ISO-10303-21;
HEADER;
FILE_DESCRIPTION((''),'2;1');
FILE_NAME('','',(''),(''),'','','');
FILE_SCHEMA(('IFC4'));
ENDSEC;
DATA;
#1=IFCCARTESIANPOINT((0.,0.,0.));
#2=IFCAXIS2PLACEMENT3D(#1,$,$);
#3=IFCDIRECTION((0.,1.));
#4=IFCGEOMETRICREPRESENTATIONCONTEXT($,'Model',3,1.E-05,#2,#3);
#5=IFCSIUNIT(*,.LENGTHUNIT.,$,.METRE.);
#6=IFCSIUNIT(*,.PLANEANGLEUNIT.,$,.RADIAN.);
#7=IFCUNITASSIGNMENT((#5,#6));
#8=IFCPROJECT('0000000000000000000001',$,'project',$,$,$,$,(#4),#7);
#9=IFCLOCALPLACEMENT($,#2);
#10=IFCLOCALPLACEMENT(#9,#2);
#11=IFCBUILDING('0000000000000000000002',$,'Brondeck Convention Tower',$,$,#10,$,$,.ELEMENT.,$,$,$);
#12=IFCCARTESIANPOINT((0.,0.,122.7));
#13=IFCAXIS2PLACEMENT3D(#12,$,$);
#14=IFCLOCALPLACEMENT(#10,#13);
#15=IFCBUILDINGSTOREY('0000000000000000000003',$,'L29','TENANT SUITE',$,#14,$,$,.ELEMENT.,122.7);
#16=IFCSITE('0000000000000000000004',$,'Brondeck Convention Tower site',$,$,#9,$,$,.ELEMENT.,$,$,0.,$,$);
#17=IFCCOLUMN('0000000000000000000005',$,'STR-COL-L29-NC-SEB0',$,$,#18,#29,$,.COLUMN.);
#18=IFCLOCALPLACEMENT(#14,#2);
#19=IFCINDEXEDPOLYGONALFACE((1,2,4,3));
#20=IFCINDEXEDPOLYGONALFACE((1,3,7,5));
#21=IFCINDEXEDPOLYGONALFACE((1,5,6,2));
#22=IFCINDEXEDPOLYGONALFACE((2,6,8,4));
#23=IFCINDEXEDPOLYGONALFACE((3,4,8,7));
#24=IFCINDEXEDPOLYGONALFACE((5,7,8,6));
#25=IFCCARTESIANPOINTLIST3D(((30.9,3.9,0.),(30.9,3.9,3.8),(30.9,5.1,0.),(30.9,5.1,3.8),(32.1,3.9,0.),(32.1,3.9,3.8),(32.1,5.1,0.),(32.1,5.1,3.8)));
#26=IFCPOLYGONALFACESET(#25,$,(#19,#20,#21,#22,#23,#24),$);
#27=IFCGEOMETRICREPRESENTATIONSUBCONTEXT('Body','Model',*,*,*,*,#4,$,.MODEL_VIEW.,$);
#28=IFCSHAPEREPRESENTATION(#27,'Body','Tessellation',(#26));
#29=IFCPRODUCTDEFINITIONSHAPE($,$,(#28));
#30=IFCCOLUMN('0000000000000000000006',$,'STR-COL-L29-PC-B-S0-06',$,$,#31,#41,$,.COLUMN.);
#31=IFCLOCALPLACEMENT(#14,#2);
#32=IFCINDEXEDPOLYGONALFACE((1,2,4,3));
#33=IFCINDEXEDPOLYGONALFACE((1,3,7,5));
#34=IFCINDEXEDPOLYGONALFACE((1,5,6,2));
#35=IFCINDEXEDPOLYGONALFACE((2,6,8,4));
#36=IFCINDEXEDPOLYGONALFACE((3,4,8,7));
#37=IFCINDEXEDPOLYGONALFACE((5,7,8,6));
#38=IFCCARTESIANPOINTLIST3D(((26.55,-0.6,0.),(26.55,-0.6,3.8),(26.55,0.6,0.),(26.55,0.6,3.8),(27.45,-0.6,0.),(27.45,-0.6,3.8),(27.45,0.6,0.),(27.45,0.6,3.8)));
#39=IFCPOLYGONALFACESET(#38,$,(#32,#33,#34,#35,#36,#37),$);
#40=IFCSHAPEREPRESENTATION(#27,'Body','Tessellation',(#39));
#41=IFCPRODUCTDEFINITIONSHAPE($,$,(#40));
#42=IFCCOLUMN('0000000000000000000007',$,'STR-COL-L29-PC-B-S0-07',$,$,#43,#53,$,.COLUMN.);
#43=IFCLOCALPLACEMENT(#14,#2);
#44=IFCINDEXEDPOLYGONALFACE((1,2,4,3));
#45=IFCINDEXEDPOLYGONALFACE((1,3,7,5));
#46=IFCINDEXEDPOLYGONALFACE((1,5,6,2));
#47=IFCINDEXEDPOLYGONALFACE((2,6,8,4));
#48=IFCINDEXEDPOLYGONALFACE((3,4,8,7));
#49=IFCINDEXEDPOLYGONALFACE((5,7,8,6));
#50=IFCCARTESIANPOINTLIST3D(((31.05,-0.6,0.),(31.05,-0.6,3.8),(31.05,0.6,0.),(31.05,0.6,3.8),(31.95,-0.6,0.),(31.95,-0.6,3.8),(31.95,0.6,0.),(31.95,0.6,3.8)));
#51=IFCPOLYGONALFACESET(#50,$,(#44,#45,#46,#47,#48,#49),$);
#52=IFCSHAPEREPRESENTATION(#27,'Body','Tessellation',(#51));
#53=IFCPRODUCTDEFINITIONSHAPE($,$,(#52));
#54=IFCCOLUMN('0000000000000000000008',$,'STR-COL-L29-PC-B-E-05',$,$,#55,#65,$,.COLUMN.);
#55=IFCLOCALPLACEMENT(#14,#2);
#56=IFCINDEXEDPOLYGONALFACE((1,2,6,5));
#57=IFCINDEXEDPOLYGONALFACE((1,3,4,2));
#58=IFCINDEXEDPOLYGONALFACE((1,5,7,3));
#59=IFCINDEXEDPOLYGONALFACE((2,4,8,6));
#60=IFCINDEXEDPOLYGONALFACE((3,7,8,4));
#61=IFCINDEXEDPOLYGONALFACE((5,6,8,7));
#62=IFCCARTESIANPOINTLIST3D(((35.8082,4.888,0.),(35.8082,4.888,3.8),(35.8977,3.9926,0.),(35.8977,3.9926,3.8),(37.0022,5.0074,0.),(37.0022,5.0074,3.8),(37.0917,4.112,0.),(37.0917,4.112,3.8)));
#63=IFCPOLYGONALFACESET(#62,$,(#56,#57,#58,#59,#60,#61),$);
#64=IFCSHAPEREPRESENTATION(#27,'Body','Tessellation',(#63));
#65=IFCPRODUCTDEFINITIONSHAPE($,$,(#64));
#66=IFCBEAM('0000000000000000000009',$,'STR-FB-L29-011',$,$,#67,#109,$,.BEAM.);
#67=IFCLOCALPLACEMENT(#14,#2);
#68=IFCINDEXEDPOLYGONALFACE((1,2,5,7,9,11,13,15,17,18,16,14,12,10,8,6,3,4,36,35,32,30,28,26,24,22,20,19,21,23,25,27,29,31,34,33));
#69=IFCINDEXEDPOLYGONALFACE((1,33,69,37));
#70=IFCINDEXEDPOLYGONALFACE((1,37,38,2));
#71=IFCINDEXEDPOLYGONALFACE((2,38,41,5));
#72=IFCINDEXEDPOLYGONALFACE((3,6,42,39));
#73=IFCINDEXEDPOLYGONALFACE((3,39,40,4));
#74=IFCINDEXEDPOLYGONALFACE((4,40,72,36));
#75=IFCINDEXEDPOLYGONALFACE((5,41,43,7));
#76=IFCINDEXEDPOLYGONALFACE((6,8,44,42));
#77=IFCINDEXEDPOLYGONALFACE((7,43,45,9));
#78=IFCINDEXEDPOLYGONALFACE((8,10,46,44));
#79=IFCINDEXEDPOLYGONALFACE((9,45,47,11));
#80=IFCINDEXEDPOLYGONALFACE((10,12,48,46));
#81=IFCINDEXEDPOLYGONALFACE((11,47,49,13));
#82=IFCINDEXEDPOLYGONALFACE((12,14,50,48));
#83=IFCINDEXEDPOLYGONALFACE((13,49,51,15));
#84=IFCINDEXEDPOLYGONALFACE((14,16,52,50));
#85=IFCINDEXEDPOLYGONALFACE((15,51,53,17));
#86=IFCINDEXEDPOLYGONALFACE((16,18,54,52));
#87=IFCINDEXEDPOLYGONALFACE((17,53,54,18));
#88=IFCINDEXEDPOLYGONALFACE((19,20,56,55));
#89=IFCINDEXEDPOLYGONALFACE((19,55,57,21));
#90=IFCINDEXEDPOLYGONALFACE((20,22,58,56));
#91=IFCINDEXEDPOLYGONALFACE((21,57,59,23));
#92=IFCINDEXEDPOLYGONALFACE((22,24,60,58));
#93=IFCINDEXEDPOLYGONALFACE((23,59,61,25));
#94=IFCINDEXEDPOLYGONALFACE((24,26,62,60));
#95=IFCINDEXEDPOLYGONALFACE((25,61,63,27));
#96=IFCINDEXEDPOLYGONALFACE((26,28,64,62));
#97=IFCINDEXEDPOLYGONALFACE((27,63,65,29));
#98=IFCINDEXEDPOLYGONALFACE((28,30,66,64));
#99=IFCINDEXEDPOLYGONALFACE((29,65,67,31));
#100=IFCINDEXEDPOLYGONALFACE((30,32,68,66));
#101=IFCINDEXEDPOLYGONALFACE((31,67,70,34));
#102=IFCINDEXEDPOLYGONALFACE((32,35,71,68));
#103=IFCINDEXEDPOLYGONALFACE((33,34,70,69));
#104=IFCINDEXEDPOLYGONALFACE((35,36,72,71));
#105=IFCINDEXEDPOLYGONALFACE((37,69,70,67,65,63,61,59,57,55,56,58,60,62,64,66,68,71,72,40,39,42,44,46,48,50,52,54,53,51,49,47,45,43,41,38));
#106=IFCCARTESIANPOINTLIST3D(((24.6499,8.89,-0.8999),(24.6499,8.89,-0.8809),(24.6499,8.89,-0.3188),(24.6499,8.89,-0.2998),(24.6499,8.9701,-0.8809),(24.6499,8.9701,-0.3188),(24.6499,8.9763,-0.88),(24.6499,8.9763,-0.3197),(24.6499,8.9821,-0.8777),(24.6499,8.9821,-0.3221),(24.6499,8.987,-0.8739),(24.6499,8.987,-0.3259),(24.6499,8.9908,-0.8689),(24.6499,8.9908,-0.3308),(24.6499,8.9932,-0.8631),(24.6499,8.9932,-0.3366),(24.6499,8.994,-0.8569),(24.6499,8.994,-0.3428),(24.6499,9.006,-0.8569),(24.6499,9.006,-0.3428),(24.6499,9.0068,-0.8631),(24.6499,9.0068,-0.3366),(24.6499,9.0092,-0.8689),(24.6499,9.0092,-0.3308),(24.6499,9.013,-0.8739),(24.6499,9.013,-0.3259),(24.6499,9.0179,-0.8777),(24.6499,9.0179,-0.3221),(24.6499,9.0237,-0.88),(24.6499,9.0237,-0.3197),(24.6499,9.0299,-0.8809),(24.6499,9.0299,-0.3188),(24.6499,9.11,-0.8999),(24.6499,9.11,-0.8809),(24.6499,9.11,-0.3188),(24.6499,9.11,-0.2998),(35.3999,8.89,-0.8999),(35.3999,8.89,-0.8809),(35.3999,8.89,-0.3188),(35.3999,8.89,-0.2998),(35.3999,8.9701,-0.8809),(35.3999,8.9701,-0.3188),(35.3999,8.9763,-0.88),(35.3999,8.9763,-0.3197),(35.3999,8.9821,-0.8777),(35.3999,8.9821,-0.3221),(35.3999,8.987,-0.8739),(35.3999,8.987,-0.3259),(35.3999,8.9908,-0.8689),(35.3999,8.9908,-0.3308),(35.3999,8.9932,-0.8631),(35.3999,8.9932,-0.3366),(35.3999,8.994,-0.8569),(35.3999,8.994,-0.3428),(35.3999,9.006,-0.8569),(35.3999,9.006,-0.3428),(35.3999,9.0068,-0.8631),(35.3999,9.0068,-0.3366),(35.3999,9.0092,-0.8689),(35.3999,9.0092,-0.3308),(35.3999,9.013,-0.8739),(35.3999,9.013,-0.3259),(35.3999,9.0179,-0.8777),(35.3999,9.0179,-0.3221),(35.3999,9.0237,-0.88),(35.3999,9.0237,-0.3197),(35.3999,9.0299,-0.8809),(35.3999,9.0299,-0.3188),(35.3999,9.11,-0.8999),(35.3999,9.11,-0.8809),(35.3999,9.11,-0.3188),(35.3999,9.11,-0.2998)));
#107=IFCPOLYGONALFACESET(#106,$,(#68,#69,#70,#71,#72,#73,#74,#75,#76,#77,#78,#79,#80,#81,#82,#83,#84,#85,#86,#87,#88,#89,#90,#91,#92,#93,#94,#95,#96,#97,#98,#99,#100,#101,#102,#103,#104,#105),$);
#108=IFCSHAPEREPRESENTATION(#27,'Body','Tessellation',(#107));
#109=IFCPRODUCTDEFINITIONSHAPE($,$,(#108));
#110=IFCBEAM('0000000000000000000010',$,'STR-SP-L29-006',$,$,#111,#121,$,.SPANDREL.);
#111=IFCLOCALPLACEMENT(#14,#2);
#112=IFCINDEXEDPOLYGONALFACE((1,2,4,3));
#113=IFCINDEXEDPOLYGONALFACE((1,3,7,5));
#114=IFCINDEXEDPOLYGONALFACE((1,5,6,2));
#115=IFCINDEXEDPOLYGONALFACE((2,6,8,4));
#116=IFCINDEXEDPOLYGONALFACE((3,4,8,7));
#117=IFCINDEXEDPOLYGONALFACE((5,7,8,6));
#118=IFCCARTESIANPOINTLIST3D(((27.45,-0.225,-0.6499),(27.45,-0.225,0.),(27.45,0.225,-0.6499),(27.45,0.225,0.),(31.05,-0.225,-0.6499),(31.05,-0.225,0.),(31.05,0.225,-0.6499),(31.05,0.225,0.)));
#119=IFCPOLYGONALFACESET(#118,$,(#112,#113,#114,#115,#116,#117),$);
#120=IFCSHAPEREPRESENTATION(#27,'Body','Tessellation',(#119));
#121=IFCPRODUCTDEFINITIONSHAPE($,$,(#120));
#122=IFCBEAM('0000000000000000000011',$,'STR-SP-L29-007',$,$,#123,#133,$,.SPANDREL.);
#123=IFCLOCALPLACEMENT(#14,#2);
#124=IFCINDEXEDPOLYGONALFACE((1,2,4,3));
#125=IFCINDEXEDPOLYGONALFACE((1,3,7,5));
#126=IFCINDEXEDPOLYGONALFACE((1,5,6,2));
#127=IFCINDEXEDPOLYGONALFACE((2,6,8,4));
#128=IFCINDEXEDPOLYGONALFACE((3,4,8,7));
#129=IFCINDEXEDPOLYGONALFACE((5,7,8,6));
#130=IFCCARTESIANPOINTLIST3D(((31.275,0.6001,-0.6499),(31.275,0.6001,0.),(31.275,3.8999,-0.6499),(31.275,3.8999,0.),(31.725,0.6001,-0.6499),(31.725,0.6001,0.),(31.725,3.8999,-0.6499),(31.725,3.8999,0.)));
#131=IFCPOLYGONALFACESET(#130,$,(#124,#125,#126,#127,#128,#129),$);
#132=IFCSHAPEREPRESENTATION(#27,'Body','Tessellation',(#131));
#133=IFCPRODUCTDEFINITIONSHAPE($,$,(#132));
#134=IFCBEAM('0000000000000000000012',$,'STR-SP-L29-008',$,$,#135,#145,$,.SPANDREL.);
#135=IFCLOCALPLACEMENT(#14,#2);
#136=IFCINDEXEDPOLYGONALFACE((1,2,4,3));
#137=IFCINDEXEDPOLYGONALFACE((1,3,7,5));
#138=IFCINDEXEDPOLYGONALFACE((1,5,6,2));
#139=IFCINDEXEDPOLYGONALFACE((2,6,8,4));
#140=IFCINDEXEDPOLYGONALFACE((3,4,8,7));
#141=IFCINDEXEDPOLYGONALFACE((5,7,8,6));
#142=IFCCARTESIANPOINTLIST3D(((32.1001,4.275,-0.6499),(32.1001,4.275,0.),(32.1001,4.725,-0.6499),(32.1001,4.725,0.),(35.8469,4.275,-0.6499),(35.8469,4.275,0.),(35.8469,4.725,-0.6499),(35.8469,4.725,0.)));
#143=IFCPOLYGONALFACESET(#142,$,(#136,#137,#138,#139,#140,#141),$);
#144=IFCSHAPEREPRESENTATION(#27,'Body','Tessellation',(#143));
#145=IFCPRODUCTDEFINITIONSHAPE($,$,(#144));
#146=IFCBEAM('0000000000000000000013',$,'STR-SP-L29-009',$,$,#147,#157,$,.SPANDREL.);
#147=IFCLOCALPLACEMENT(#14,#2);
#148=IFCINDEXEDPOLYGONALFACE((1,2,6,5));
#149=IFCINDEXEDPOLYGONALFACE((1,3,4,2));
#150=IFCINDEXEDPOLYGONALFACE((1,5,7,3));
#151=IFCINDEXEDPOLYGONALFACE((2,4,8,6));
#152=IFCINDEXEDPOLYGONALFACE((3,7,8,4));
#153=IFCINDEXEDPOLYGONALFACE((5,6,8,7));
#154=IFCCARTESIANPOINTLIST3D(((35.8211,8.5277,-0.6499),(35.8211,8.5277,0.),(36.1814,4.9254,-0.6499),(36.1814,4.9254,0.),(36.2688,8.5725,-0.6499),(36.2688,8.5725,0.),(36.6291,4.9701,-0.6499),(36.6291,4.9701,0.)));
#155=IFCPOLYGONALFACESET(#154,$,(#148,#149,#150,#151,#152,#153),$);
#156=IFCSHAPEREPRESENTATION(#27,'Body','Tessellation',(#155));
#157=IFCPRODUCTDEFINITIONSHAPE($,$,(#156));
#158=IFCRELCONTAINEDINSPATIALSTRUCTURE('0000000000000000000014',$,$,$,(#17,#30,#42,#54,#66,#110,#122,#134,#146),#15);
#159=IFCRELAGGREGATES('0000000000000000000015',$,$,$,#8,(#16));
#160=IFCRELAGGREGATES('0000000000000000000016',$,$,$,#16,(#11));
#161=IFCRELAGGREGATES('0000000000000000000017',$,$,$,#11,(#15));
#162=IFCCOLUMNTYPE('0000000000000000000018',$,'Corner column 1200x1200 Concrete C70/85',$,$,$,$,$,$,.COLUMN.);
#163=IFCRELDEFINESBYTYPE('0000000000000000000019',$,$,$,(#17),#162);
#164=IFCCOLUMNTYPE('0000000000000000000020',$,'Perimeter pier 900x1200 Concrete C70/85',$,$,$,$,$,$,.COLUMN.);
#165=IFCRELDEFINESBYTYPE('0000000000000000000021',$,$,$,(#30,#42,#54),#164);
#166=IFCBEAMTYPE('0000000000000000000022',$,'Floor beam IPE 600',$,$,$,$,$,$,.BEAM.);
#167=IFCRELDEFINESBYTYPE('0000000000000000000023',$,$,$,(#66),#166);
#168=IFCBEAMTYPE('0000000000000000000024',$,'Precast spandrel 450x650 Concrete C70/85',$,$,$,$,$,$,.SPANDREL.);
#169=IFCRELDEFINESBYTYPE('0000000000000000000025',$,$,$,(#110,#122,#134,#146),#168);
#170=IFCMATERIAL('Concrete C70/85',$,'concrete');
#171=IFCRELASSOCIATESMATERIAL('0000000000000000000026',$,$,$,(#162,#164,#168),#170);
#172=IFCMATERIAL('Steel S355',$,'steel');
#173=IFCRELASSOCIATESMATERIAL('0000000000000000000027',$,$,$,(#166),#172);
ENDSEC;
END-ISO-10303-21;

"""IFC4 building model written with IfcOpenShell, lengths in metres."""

from ifc_helpers import new_model, si_unit, direction, frame, origin, origin_2d, place, context, subcontext, project, spatial, rectangle, i_section, extrude, material, material_profile, profile_set, type_object, element, save


model = new_model("IFC4")

# Units and contexts
model_context = context("Model", 3, precision=1e-05, world=origin(), true_north=direction((0.0, 1.0)))
body_context = subcontext(model_context, "Body", "Model", "MODEL_VIEW")
ifc_project = project(units=[si_unit("LENGTHUNIT", "METRE"), si_unit("PLANEANGLEUNIT", "RADIAN")], contexts=[model_context])

# Site, building, storey
site_placement = place(None, origin())
site = spatial("IfcSite", under=ifc_project, at=site_placement, Name="Brondeck Convention Tower site", CompositionType="ELEMENT", RefElevation=0.0)
building_placement = place(site_placement, origin())
building = spatial("IfcBuilding", under=site, at=building_placement, Name="Brondeck Convention Tower", CompositionType="ELEMENT")
storey_placement = place(building_placement, frame((0.0, 0.0, 122.7)))
storey = spatial("IfcBuildingStorey", under=building, at=storey_placement, Name="L29", Description="TENANT SUITE", CompositionType="ELEMENT", Elevation=122.7)

# Columns
ifc_material_1 = material(Name="Concrete C70/85", Category="concrete")
ifc_material_profile_1 = material_profile(ifc_material_1, rectangle(XDim=1.2, YDim=1.2, at=origin_2d()), Name="Corner column 1200x1200 Concrete C70/85")
ifc_profile_set_1 = profile_set([ifc_material_profile_1], Name="Concrete C70/85")
column_type_1 = type_object("IfcColumnType", Name="Corner column 1200x1200 Concrete C70/85", PredefinedType="COLUMN", material=ifc_profile_set_1)
column_placement = place(storey_placement, frame((31.5, 4.5, 0.0), z_axis=(0.0, 0.0, 1.0), x_axis=(1.0, 0.0, 0.0)))
element("IfcColumn", 1, at=column_placement, inside=storey, type_object=column_type_1, Name="STR-COL-L29-NC-SEB0", PredefinedType="COLUMN", context=body_context, shape_type="SweptSolid", body=[
    extrude(rectangle(XDim=1.2, YDim=1.2, at=origin_2d()), origin(), (0.0, 0.0, 1.0), 3.8),
])
ifc_material_profile_2 = material_profile(ifc_material_1, rectangle(XDim=0.8999, YDim=1.2, at=origin_2d()), Name="Perimeter pier 900x1200 Concrete C70/85")
ifc_profile_set_2 = profile_set([ifc_material_profile_2], Name="Concrete C70/85")
column_type_2 = type_object("IfcColumnType", Name="Perimeter pier 900x1200 Concrete C70/85", PredefinedType="COLUMN", material=ifc_profile_set_2)
for number, where, z_axis, x_axis, name in (
    (2, (27.0, 0.0, 0.0), (0.0, 0.0, 1.0), (1.0, 0.0, 0.0), "STR-COL-L29-PC-B-S0-06"),
    (3, (31.5, 0.0, 0.0), (0.0, 0.0, 1.0), (1.0, 0.0, 0.0), "STR-COL-L29-PC-B-S0-07"),
    (4, (36.45, 4.5, 0.0), (0.0, 0.0, 1.0), (-0.099504, 0.995037, 0.0), "STR-COL-L29-PC-B-E-05"),
):
    element("IfcColumn", number, at=place(storey_placement, frame(where, z_axis=z_axis, x_axis=x_axis)), inside=storey, type_object=column_type_2, Name=name, PredefinedType="COLUMN", context=body_context, shape_type="SweptSolid", body=[
        extrude(rectangle(XDim=0.8999, YDim=1.2, at=origin_2d()), origin(), (0.0, 0.0, 1.0), 3.8),
    ])

# Beams
ifc_material_2 = material(Name="Steel S355", Category="steel")
ifc_material_profile_3 = material_profile(ifc_material_2, i_section(OverallWidth=0.22, OverallDepth=0.6001, WebThickness=0.012, FlangeThickness=0.019, FilletRadius=0.0239, at=origin_2d()), Name="IPE 600")
ifc_profile_set_3 = profile_set([ifc_material_profile_3], Name="Steel S355")
beam_type_1 = type_object("IfcBeamType", Name="Floor beam IPE 600", PredefinedType="BEAM", material=ifc_profile_set_3)
beam_1_placement = place(storey_placement, frame((24.6499, 9.0, -0.5999), z_axis=(1.0, 0.0, 0.0), x_axis=(0.0, 1.0, 0.0)))
element("IfcBeam", 5, at=beam_1_placement, inside=storey, type_object=beam_type_1, Name="STR-FB-L29-011", PredefinedType="BEAM", context=body_context, shape_type="SweptSolid", body=[
    extrude(i_section(OverallWidth=0.22, OverallDepth=0.6001, WebThickness=0.012, FlangeThickness=0.019, FilletRadius=0.0239, at=origin_2d()), origin(), (0.0, 0.0, 1.0), 10.75),
])
ifc_material_profile_4 = material_profile(ifc_material_1, rectangle(XDim=0.45, YDim=0.6499, at=origin_2d()), Name="Precast spandrel 450x650 Concrete C70/85")
ifc_profile_set_4 = profile_set([ifc_material_profile_4], Name="Concrete C70/85")
beam_type_2 = type_object("IfcBeamType", Name="Precast spandrel 450x650 Concrete C70/85", PredefinedType="SPANDREL", material=ifc_profile_set_4)
beam_2_placement = place(storey_placement, frame((27.45, 0.0, -0.325), z_axis=(1.0, 0.0, 0.0), x_axis=(0.0, 1.0, 0.0)))
element("IfcBeam", 6, at=beam_2_placement, inside=storey, type_object=beam_type_2, Name="STR-SP-L29-006", PredefinedType="SPANDREL", context=body_context, shape_type="SweptSolid", body=[
    extrude(rectangle(XDim=0.45, YDim=0.6499, at=origin_2d()), origin(), (0.0, 0.0, 1.0), 3.6001),
])
beam_3_placement = place(storey_placement, frame((31.5, 0.6001, -0.325), z_axis=(0.0, 1.0, 0.0), x_axis=(-1.0, 0.0, 0.0)))
element("IfcBeam", 7, at=beam_3_placement, inside=storey, type_object=beam_type_2, Name="STR-SP-L29-007", PredefinedType="SPANDREL", context=body_context, shape_type="SweptSolid", body=[
    extrude(rectangle(XDim=0.45, YDim=0.6499, at=origin_2d()), origin(), (0.0, 0.0, 1.0), 3.2998),
])
beam_4_placement = place(storey_placement, frame((32.1001, 4.5, -0.325), z_axis=(1.0, 0.0, 0.0), x_axis=(0.0, 1.0, 0.0)))
element("IfcBeam", 8, at=beam_4_placement, inside=storey, type_object=beam_type_2, Name="STR-SP-L29-008", PredefinedType="SPANDREL", context=body_context, shape_type="SweptSolid", body=[
    extrude(rectangle(XDim=0.45, YDim=0.6499, at=origin_2d()), origin(), (0.0, 0.0, 1.0), 3.7468),
])
beam_5_placement = place(storey_placement, frame((36.4053, 4.9478, -0.325), z_axis=(-0.099537, 0.995034, 0.0), x_axis=(-0.995034, -0.099537, 0.0)))
element("IfcBeam", 9, at=beam_5_placement, inside=storey, type_object=beam_type_2, Name="STR-SP-L29-009", PredefinedType="SPANDREL", context=body_context, shape_type="SweptSolid", body=[
    extrude(rectangle(XDim=0.45, YDim=0.6499, at=origin_2d()), origin(), (0.0, 0.0, 1.0), 3.6204),
])

save(model, "model.ifc")
